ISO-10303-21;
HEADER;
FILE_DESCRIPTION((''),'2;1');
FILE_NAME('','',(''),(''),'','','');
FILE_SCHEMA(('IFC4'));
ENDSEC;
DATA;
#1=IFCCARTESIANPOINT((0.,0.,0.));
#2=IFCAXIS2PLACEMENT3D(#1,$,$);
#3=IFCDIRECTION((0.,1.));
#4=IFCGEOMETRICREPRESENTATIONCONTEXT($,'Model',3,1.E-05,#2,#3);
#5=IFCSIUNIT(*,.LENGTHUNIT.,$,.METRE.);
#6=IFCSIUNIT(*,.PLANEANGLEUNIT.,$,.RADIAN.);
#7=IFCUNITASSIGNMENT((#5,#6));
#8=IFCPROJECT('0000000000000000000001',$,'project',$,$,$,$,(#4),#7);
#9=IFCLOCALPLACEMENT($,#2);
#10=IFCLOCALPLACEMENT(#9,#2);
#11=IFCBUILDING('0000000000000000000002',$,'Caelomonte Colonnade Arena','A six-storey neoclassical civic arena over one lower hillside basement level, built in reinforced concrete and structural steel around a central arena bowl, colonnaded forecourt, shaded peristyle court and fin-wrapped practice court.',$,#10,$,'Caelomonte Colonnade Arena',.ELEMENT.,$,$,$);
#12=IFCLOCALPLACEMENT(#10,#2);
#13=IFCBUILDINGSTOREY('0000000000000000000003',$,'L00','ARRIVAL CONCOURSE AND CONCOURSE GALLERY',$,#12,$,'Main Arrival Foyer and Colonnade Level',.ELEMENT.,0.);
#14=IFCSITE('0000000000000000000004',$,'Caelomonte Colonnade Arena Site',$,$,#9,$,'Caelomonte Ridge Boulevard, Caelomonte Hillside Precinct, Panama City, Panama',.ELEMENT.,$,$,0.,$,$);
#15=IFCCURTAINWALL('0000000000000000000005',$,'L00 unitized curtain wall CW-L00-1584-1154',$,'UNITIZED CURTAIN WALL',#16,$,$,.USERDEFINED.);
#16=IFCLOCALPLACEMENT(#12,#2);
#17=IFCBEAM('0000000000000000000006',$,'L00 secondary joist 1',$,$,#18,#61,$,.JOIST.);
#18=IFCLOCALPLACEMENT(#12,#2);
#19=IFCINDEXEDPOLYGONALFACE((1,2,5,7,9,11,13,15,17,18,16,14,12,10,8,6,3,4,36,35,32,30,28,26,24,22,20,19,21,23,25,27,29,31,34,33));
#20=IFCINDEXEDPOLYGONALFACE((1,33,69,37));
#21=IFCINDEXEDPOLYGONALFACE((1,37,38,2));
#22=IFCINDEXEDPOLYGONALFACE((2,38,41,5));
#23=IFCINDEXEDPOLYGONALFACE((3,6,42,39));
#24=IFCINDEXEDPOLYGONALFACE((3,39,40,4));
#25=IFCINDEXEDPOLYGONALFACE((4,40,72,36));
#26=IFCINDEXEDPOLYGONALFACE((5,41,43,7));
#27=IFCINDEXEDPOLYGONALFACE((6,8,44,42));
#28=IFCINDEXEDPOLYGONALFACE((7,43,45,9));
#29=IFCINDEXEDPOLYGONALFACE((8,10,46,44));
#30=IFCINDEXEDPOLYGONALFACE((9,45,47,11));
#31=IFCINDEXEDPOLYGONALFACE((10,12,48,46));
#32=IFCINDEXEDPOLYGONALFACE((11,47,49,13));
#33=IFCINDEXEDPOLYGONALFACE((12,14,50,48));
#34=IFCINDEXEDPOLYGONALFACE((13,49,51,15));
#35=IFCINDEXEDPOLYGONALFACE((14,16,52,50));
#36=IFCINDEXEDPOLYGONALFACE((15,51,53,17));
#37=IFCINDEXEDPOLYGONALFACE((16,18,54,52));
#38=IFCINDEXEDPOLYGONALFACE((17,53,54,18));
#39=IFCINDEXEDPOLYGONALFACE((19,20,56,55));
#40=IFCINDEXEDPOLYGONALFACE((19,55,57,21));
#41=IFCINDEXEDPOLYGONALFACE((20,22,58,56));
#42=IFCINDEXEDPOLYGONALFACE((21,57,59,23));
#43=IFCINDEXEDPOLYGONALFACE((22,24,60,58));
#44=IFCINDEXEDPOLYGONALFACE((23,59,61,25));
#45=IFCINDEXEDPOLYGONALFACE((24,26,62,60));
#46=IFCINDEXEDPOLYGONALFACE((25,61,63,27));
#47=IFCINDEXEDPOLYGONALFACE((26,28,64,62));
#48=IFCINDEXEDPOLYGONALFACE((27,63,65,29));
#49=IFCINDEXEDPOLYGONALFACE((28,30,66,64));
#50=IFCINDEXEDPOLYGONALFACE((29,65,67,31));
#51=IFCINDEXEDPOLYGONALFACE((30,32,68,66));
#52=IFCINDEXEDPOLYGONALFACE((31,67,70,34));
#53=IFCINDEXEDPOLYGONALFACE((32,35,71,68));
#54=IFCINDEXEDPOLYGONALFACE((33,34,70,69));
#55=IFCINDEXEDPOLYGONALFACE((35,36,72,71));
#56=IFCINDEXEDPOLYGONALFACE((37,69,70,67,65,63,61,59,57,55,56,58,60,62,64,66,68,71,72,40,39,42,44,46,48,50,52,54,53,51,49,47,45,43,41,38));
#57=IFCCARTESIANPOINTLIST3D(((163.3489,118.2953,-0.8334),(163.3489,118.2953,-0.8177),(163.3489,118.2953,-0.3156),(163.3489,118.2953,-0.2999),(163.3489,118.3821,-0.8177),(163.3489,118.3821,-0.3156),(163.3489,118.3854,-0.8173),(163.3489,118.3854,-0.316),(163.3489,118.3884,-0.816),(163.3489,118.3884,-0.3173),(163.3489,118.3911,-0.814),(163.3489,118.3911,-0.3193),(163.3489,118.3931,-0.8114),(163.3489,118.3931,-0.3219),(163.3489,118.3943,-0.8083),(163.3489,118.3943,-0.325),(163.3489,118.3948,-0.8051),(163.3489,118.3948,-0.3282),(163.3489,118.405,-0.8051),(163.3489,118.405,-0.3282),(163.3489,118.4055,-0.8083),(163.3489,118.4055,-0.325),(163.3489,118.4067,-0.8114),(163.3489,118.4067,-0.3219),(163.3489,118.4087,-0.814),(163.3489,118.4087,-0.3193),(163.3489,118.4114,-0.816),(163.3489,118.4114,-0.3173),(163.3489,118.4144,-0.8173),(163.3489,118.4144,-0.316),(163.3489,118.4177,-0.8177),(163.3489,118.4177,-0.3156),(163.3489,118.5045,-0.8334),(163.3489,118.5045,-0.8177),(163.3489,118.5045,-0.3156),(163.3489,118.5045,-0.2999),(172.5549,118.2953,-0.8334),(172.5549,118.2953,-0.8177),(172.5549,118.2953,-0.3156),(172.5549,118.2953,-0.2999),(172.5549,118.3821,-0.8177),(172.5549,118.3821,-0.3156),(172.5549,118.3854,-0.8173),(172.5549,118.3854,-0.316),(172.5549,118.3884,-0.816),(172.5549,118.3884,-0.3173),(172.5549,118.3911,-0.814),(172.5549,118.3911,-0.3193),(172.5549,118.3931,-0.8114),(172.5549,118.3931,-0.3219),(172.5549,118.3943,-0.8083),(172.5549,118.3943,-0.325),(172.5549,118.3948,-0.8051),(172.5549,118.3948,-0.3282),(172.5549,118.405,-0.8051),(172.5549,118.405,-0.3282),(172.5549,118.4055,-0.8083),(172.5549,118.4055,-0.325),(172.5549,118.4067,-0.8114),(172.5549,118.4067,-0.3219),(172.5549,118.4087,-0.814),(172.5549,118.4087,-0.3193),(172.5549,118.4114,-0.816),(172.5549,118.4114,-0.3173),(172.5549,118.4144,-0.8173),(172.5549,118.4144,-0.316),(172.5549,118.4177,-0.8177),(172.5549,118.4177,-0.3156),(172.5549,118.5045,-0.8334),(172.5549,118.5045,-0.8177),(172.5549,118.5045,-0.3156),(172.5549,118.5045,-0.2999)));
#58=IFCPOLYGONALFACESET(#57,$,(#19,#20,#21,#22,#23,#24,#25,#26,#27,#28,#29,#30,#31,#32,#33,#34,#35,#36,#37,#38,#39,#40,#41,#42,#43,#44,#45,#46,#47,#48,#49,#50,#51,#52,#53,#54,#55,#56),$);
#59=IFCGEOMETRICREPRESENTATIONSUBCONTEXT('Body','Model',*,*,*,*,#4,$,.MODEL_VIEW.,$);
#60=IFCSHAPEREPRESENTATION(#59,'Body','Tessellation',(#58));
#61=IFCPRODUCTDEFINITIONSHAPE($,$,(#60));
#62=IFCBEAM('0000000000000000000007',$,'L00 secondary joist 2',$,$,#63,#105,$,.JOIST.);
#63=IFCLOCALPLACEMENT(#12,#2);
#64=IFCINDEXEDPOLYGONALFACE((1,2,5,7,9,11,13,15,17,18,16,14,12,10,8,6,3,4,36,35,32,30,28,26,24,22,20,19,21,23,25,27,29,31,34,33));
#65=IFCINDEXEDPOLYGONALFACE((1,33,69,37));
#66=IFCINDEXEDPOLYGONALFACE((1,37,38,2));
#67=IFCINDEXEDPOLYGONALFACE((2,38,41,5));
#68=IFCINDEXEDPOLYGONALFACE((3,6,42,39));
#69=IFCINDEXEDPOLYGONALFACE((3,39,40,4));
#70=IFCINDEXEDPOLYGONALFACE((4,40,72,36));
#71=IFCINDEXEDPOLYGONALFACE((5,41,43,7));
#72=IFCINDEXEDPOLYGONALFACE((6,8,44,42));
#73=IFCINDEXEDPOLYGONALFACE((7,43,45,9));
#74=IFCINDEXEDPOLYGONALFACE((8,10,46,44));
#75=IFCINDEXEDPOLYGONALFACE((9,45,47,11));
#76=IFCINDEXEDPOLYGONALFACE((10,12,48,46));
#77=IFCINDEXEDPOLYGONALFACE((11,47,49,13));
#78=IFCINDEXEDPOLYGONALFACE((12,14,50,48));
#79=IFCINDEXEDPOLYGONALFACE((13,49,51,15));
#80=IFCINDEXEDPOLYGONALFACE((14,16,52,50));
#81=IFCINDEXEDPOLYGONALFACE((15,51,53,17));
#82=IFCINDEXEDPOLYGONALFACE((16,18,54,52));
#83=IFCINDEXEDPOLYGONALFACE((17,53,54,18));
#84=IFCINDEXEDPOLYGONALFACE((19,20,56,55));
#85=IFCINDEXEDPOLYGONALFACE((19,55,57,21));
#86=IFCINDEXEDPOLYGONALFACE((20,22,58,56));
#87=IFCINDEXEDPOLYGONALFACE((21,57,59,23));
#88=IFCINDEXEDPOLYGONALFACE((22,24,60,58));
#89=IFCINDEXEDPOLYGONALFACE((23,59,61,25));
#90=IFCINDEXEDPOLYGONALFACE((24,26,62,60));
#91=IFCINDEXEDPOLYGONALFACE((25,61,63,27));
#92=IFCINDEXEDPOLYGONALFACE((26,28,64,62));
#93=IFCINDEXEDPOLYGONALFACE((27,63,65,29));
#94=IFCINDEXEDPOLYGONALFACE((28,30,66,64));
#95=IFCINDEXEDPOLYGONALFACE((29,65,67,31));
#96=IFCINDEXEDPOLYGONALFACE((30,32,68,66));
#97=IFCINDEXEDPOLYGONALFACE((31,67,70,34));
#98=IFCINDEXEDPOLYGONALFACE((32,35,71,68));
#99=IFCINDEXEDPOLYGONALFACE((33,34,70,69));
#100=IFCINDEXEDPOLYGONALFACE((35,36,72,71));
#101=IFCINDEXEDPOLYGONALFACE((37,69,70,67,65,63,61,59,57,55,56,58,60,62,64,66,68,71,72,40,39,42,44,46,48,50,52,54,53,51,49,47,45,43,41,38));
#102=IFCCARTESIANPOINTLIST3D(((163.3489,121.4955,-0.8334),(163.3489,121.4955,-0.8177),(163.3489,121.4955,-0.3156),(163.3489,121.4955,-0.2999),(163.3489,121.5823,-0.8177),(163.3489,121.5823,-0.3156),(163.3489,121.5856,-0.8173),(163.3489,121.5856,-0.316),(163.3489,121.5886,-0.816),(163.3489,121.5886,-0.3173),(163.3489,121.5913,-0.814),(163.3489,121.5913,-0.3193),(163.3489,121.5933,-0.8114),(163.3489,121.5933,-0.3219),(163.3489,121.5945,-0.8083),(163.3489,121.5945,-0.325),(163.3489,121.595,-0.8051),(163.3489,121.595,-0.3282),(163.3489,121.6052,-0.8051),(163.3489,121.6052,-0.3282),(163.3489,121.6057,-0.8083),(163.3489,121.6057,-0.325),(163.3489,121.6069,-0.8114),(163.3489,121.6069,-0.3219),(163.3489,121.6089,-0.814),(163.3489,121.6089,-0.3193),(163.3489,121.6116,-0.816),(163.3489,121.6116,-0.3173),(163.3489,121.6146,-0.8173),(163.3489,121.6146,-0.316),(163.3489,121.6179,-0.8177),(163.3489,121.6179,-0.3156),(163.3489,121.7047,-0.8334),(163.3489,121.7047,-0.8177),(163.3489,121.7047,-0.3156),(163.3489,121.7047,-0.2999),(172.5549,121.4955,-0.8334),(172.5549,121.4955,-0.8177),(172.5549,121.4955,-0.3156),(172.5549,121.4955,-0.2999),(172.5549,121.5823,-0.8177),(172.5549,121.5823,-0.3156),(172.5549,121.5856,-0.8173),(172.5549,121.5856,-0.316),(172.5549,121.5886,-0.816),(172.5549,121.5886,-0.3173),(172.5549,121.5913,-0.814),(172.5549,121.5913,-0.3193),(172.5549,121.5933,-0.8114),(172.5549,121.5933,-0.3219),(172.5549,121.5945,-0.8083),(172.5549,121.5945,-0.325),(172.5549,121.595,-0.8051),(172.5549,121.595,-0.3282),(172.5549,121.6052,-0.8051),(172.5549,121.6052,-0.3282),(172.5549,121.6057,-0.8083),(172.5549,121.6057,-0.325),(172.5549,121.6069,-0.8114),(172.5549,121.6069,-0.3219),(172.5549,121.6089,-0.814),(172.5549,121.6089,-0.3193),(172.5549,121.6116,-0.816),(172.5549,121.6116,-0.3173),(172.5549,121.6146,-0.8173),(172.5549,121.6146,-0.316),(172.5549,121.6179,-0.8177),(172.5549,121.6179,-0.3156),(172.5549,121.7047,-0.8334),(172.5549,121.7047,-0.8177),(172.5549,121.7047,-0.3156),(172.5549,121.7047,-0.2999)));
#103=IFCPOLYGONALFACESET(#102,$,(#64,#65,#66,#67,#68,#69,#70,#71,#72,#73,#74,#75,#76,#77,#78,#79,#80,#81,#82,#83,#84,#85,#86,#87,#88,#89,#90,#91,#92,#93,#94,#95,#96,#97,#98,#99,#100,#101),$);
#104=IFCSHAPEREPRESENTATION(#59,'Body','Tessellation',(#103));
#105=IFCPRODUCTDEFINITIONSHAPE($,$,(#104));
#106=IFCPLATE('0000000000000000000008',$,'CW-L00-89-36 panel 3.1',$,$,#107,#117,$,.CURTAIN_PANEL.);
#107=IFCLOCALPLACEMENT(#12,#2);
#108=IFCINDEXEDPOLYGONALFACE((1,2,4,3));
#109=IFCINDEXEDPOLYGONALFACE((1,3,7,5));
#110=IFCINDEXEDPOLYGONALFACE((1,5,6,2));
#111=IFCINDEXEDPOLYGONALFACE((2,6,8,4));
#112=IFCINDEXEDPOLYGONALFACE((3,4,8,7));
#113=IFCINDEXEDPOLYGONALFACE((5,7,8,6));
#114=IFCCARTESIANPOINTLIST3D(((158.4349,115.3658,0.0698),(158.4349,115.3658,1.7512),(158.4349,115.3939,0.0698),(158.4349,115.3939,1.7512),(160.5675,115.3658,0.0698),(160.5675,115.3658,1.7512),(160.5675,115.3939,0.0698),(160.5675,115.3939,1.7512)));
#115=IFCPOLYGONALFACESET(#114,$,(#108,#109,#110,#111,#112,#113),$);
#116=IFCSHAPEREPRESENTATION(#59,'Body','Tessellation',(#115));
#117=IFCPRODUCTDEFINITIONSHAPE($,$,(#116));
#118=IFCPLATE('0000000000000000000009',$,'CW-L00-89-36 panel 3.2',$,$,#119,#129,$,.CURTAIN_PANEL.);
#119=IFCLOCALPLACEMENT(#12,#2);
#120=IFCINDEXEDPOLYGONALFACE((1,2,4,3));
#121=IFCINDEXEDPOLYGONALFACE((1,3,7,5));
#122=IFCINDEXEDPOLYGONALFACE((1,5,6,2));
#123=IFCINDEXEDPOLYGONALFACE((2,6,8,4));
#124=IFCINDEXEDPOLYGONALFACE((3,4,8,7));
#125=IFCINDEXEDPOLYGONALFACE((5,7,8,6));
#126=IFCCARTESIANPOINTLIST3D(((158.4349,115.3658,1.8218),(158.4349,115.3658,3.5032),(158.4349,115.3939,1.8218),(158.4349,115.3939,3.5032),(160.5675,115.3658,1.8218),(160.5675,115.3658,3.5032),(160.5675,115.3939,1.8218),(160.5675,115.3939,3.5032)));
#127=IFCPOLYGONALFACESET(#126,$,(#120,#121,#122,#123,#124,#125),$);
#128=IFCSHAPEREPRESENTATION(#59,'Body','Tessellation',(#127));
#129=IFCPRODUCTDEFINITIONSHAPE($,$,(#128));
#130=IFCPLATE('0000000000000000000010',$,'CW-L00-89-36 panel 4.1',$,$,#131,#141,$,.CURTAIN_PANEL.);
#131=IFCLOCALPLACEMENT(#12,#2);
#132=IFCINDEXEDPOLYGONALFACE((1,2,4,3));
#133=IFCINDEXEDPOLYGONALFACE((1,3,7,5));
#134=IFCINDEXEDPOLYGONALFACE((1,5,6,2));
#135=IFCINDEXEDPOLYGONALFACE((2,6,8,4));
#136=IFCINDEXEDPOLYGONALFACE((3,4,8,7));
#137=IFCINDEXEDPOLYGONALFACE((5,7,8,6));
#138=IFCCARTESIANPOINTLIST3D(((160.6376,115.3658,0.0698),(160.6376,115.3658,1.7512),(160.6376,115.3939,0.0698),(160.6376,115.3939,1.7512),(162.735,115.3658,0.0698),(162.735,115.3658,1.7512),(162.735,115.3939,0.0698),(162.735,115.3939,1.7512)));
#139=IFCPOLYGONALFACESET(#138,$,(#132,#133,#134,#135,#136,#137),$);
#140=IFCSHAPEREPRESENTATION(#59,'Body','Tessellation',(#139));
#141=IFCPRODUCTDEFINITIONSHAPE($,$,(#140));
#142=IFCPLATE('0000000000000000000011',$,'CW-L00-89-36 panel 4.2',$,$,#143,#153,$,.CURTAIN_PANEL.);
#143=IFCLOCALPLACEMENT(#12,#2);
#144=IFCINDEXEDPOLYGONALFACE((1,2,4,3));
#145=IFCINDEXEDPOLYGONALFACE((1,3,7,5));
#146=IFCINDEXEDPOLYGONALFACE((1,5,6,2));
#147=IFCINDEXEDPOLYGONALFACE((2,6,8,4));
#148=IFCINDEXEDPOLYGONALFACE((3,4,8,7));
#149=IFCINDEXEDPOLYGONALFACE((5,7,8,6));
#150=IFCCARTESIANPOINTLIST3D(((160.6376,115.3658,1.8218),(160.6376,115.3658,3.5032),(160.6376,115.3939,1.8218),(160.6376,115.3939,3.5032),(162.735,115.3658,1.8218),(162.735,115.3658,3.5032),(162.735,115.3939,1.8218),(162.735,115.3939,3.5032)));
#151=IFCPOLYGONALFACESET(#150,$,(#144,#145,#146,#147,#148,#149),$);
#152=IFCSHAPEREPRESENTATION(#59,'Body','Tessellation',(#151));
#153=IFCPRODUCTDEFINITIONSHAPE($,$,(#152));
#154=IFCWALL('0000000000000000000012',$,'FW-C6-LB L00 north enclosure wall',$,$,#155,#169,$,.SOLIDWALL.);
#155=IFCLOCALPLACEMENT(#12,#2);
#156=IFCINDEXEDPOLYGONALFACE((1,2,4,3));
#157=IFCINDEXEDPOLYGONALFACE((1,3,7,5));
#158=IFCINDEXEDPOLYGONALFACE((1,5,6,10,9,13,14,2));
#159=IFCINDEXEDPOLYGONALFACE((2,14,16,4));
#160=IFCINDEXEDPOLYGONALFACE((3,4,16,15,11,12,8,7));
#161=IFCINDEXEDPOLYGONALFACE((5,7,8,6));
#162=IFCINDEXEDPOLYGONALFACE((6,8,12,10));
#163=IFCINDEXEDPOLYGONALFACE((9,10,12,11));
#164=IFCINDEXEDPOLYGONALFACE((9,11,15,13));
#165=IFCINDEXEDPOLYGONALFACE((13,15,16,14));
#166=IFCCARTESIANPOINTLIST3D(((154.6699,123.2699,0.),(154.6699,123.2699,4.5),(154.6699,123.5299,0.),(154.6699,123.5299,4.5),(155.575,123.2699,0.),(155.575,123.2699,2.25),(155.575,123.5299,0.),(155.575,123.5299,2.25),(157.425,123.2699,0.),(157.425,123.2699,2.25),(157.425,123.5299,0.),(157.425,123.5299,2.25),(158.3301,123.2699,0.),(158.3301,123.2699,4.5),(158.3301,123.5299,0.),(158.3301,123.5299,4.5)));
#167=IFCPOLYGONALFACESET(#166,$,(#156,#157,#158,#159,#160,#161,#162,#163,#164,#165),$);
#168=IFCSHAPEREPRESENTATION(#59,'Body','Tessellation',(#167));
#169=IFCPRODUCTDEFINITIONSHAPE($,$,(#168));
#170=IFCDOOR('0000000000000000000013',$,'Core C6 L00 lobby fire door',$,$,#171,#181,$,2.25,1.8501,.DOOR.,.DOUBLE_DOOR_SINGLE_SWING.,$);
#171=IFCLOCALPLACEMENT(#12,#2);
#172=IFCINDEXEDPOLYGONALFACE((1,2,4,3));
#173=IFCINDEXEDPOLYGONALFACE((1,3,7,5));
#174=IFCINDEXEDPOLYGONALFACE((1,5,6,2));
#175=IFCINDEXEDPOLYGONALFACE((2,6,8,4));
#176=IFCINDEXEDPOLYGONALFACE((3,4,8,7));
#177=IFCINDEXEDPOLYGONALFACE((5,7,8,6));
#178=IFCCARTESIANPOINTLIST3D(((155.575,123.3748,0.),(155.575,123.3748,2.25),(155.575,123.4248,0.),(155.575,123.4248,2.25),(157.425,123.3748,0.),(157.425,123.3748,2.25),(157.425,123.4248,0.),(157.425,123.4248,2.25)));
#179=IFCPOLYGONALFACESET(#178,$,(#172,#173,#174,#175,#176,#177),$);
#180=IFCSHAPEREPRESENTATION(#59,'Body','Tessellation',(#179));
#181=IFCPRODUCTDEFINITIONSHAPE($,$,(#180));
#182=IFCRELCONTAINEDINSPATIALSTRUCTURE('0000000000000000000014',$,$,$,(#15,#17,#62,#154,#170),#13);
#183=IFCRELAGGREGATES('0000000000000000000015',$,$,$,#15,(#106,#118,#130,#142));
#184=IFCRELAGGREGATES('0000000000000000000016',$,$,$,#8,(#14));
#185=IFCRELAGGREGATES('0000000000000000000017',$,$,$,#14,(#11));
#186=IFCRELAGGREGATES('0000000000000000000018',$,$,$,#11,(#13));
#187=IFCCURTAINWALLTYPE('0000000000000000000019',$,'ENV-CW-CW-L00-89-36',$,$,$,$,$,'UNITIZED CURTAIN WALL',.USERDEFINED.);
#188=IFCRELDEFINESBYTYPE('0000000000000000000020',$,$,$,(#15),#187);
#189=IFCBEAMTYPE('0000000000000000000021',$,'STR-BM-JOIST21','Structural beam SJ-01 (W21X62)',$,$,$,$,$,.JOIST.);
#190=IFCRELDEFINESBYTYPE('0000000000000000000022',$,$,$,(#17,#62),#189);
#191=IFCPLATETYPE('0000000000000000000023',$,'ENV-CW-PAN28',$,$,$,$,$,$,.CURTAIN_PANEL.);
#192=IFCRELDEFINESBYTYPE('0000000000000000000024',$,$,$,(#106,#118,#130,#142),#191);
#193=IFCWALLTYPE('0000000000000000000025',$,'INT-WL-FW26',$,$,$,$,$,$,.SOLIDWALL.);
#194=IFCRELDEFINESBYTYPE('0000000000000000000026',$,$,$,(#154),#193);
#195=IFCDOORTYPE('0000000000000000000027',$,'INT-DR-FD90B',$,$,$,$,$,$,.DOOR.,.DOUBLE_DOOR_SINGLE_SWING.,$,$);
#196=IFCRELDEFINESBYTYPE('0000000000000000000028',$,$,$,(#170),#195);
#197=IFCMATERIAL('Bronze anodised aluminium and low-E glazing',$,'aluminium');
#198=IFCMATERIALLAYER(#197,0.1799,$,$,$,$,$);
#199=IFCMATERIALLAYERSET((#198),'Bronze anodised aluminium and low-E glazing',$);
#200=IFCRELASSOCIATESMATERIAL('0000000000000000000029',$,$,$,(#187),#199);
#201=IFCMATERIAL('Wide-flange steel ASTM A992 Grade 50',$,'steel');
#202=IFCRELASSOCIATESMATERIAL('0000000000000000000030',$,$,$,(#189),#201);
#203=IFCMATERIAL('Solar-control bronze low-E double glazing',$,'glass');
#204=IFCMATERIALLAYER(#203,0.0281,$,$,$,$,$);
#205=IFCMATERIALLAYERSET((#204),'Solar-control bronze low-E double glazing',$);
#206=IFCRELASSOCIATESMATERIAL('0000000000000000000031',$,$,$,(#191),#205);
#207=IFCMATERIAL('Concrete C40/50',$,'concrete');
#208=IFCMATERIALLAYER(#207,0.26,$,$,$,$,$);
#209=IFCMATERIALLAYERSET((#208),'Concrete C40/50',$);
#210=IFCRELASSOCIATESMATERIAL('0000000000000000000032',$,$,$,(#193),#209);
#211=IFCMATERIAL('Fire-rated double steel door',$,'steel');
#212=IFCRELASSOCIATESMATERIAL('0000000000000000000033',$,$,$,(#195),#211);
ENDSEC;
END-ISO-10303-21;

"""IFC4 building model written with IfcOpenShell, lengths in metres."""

from ifc_helpers import new_model, si_unit, direction, frame, frame_2d, origin, origin_2d, place, context, subcontext, project, spatial, rectangle, i_section, extrude, material, layer, layer_set, material_profile, profile_set, type_object, element, fill, aggregate, save


model = new_model("IFC4")

# Units and contexts
model_context = context("Model", 3, precision=1e-05, world=origin(), true_north=direction((0.0, 1.0)))
body_context = subcontext(model_context, "Body", "Model", "MODEL_VIEW")
ifc_project = project(units=[si_unit("LENGTHUNIT", "METRE"), si_unit("PLANEANGLEUNIT", "RADIAN")], contexts=[model_context])

# Site, building, storey
site_placement = place(None, origin())
site = spatial("IfcSite", under=ifc_project, at=site_placement, Name="Caelomonte Colonnade Arena Site", LongName="Caelomonte Ridge Boulevard, Caelomonte Hillside Precinct, Panama City, Panama", CompositionType="ELEMENT", RefElevation=0.0)
building_placement = place(site_placement, origin())
building = spatial("IfcBuilding", under=site, at=building_placement, Name="Caelomonte Colonnade Arena", Description="A six-storey neoclassical civic arena over one lower hillside basement level, built in reinforced concrete and structural steel around a central arena bowl, colonnaded forecourt, shaded peristyle court and fin-wrapped practice court.", LongName="Caelomonte Colonnade Arena", CompositionType="ELEMENT")
storey_placement = place(building_placement, origin())
storey = spatial("IfcBuildingStorey", under=building, at=storey_placement, Name="L00", Description="ARRIVAL CONCOURSE AND CONCOURSE GALLERY", LongName="Main Arrival Foyer and Colonnade Level", CompositionType="ELEMENT", Elevation=0.0)

# Curtain wall
ifc_material_1 = material(Name="Bronze anodised aluminium and low-E glazing", Category="aluminium")
ifc_layer_1 = layer(ifc_material_1, 0.1799)
ifc_layer_set_1 = layer_set([ifc_layer_1], Name="Bronze anodised aluminium and low-E glazing")
curtain_wall_type = type_object("IfcCurtainWallType", Name="ENV-CW-CW-L00-89-36", ElementType="UNITIZED CURTAIN WALL", PredefinedType="USERDEFINED", material=ifc_layer_set_1)
curtain_wall_placement = place(storey_placement, origin())
curtain_wall = element("IfcCurtainWall", 1, at=curtain_wall_placement, inside=storey, type_object=curtain_wall_type, Name="L00 unitized curtain wall CW-L00-1584-1154", ObjectType="UNITIZED CURTAIN WALL", PredefinedType="USERDEFINED")

# Beams
ifc_material_2 = material(Name="Wide-flange steel ASTM A992 Grade 50", Category="steel")
ifc_material_profile_1 = material_profile(ifc_material_2, i_section(OverallWidth=0.2092, OverallDepth=0.5334, WebThickness=0.0103, FlangeThickness=0.0156, FilletRadius=0.0127, at=origin_2d()), Name="W21X62")
ifc_profile_set_1 = profile_set([ifc_material_profile_1], Name="Wide-flange steel ASTM A992 Grade 50")
beam_type_1 = type_object("IfcBeamType", Name="STR-BM-JOIST21", Description="Structural beam SJ-01 (W21X62)", PredefinedType="JOIST", material=ifc_profile_set_1)
for number, where, z_axis, x_axis, name in (
    (2, (163.3489, 118.3999, -0.5667), (1.0, 0.0, 0.0), (0.0, 1.0, 0.0), "L00 secondary joist 1"),
    (3, (163.3489, 121.6001, -0.5667), (1.0, 0.0, 0.0), (0.0, 1.0, 0.0), "L00 secondary joist 2"),
):
    element("IfcBeam", number, at=place(storey_placement, frame(where, z_axis=z_axis, x_axis=x_axis)), inside=storey, type_object=beam_type_1, Name=name, PredefinedType="JOIST", context=body_context, shape_type="SweptSolid", body=[
        extrude(i_section(OverallWidth=0.2092, OverallDepth=0.5334, WebThickness=0.0103, FlangeThickness=0.0156, FilletRadius=0.0127, at=origin_2d()), origin(), (0.0, 0.0, 1.0), 9.2061),
    ])

# Plates
ifc_material_3 = material(Name="Solar-control bronze low-E double glazing", Category="glass")
ifc_layer_2 = layer(ifc_material_3, 0.0281)
ifc_layer_set_2 = layer_set([ifc_layer_2], Name="Solar-control bronze low-E double glazing")
plate_type = type_object("IfcPlateType", Name="ENV-CW-PAN28", PredefinedType="CURTAIN_PANEL", material=ifc_layer_set_2)
plate_1_placement = place(storey_placement, frame((159.5012, 115.3799, 0.0698), z_axis=(0.0, 0.0, 1.0), x_axis=(1.0, 0.0, 0.0)))
plate_1 = element("IfcPlate", 4, at=plate_1_placement, type_object=plate_type, Name="CW-L00-89-36 panel 3.1", PredefinedType="CURTAIN_PANEL", context=body_context, shape_type="SweptSolid", body=[
    extrude(rectangle(XDim=2.1326, YDim=0.0281, at=origin_2d()), origin(), (0.0, 0.0, 1.0), 1.6814),
])
plate_2_placement = place(storey_placement, frame((159.5012, 115.3799, 1.8218), z_axis=(0.0, 0.0, 1.0), x_axis=(1.0, 0.0, 0.0)))
plate_2 = element("IfcPlate", 5, at=plate_2_placement, type_object=plate_type, Name="CW-L00-89-36 panel 3.2", PredefinedType="CURTAIN_PANEL", context=body_context, shape_type="SweptSolid", body=[
    extrude(rectangle(XDim=2.1326, YDim=0.0281, at=origin_2d()), origin(), (0.0, 0.0, 1.0), 1.6814),
])
plate_3_placement = place(storey_placement, frame((161.6863, 115.3799, 0.0698), z_axis=(0.0, 0.0, 1.0), x_axis=(1.0, 0.0, 0.0)))
plate_3 = element("IfcPlate", 6, at=plate_3_placement, type_object=plate_type, Name="CW-L00-89-36 panel 4.1", PredefinedType="CURTAIN_PANEL", context=body_context, shape_type="SweptSolid", body=[
    extrude(rectangle(XDim=2.0974, YDim=0.0281, at=origin_2d()), origin(), (0.0, 0.0, 1.0), 1.6814),
])
plate_4_placement = place(storey_placement, frame((161.6863, 115.3799, 1.8218), z_axis=(0.0, 0.0, 1.0), x_axis=(1.0, 0.0, 0.0)))
plate_4 = element("IfcPlate", 7, at=plate_4_placement, type_object=plate_type, Name="CW-L00-89-36 panel 4.2", PredefinedType="CURTAIN_PANEL", context=body_context, shape_type="SweptSolid", body=[
    extrude(rectangle(XDim=2.0974, YDim=0.0281, at=origin_2d()), origin(), (0.0, 0.0, 1.0), 1.6814),
])
aggregate(curtain_wall, [plate_1, plate_2, plate_3, plate_4])

# Wall, opening, door
ifc_material_4 = material(Name="Concrete C40/50", Category="concrete")
ifc_layer_3 = layer(ifc_material_4, 0.26)
ifc_layer_set_3 = layer_set([ifc_layer_3], Name="Concrete C40/50")
wall_type_1 = type_object("IfcWallType", Name="INT-WL-FW26", PredefinedType="SOLIDWALL", material=ifc_layer_set_3)
wall_1_placement = place(storey_placement, frame((158.3301, 123.3999, 0.0), z_axis=(0.0, 0.0, 1.0), x_axis=(-1.0, 0.0, 0.0)))
wall_1 = element("IfcWall", 8, at=wall_1_placement, inside=storey, type_object=wall_type_1, Name="FW-C6-LB L00 north enclosure wall", PredefinedType="SOLIDWALL", context=body_context, shape_type="SweptSolid", body=[
    extrude(rectangle(XDim=3.6602, YDim=0.26, at=frame_2d((1.8301, 0.0))), origin(), (0.0, 0.0, 1.0), 4.5),
])
opening_1_placement = place(wall_1_placement, frame((2.7551, 0.0, 0.0), z_axis=(0.0, 0.0, 1.0), x_axis=(-1.0, 0.0, 0.0)))
opening_1 = element("IfcOpeningElement", 9, at=opening_1_placement, cuts=wall_1, PredefinedType="OPENING", context=body_context, shape_type="SweptSolid", body=[
    extrude(rectangle(XDim=1.8501, YDim=2.25, at=frame_2d((0.925, 1.125))), frame((0.0, 0.1399, 0.0), z_axis=(0.0, -1.0, 0.0), x_axis=(1.0, 0.0, 0.0)), (0.0, 0.0, 1.0), 0.28),
])
ifc_material_5 = material(Name="Fire-rated double steel door", Category="steel")
door_type_1 = type_object("IfcDoorType", Name="INT-DR-FD90B", OperationType="DOUBLE_DOOR_SINGLE_SWING", PredefinedType="DOOR", material=ifc_material_5)
door_1_placement = place(opening_1_placement, origin())
door_1 = element("IfcDoor", 10, at=door_1_placement, inside=storey, type_object=door_type_1, Name="Core C6 L00 lobby fire door", OperationType="DOUBLE_DOOR_SINGLE_SWING", OverallHeight=2.25, OverallWidth=1.8501, PredefinedType="DOOR", context=body_context, shape_type="SweptSolid", body=[
    extrude(rectangle(XDim=1.8501, YDim=2.25, at=frame_2d((0.925, 1.125))), frame((0.0, 0.0249, 0.0), z_axis=(0.0, -1.0, 0.0), x_axis=(1.0, 0.0, 0.0)), (0.0, 0.0, 1.0), 0.05),
])
fill(opening_1, door_1)

save(model, "model.ifc")
